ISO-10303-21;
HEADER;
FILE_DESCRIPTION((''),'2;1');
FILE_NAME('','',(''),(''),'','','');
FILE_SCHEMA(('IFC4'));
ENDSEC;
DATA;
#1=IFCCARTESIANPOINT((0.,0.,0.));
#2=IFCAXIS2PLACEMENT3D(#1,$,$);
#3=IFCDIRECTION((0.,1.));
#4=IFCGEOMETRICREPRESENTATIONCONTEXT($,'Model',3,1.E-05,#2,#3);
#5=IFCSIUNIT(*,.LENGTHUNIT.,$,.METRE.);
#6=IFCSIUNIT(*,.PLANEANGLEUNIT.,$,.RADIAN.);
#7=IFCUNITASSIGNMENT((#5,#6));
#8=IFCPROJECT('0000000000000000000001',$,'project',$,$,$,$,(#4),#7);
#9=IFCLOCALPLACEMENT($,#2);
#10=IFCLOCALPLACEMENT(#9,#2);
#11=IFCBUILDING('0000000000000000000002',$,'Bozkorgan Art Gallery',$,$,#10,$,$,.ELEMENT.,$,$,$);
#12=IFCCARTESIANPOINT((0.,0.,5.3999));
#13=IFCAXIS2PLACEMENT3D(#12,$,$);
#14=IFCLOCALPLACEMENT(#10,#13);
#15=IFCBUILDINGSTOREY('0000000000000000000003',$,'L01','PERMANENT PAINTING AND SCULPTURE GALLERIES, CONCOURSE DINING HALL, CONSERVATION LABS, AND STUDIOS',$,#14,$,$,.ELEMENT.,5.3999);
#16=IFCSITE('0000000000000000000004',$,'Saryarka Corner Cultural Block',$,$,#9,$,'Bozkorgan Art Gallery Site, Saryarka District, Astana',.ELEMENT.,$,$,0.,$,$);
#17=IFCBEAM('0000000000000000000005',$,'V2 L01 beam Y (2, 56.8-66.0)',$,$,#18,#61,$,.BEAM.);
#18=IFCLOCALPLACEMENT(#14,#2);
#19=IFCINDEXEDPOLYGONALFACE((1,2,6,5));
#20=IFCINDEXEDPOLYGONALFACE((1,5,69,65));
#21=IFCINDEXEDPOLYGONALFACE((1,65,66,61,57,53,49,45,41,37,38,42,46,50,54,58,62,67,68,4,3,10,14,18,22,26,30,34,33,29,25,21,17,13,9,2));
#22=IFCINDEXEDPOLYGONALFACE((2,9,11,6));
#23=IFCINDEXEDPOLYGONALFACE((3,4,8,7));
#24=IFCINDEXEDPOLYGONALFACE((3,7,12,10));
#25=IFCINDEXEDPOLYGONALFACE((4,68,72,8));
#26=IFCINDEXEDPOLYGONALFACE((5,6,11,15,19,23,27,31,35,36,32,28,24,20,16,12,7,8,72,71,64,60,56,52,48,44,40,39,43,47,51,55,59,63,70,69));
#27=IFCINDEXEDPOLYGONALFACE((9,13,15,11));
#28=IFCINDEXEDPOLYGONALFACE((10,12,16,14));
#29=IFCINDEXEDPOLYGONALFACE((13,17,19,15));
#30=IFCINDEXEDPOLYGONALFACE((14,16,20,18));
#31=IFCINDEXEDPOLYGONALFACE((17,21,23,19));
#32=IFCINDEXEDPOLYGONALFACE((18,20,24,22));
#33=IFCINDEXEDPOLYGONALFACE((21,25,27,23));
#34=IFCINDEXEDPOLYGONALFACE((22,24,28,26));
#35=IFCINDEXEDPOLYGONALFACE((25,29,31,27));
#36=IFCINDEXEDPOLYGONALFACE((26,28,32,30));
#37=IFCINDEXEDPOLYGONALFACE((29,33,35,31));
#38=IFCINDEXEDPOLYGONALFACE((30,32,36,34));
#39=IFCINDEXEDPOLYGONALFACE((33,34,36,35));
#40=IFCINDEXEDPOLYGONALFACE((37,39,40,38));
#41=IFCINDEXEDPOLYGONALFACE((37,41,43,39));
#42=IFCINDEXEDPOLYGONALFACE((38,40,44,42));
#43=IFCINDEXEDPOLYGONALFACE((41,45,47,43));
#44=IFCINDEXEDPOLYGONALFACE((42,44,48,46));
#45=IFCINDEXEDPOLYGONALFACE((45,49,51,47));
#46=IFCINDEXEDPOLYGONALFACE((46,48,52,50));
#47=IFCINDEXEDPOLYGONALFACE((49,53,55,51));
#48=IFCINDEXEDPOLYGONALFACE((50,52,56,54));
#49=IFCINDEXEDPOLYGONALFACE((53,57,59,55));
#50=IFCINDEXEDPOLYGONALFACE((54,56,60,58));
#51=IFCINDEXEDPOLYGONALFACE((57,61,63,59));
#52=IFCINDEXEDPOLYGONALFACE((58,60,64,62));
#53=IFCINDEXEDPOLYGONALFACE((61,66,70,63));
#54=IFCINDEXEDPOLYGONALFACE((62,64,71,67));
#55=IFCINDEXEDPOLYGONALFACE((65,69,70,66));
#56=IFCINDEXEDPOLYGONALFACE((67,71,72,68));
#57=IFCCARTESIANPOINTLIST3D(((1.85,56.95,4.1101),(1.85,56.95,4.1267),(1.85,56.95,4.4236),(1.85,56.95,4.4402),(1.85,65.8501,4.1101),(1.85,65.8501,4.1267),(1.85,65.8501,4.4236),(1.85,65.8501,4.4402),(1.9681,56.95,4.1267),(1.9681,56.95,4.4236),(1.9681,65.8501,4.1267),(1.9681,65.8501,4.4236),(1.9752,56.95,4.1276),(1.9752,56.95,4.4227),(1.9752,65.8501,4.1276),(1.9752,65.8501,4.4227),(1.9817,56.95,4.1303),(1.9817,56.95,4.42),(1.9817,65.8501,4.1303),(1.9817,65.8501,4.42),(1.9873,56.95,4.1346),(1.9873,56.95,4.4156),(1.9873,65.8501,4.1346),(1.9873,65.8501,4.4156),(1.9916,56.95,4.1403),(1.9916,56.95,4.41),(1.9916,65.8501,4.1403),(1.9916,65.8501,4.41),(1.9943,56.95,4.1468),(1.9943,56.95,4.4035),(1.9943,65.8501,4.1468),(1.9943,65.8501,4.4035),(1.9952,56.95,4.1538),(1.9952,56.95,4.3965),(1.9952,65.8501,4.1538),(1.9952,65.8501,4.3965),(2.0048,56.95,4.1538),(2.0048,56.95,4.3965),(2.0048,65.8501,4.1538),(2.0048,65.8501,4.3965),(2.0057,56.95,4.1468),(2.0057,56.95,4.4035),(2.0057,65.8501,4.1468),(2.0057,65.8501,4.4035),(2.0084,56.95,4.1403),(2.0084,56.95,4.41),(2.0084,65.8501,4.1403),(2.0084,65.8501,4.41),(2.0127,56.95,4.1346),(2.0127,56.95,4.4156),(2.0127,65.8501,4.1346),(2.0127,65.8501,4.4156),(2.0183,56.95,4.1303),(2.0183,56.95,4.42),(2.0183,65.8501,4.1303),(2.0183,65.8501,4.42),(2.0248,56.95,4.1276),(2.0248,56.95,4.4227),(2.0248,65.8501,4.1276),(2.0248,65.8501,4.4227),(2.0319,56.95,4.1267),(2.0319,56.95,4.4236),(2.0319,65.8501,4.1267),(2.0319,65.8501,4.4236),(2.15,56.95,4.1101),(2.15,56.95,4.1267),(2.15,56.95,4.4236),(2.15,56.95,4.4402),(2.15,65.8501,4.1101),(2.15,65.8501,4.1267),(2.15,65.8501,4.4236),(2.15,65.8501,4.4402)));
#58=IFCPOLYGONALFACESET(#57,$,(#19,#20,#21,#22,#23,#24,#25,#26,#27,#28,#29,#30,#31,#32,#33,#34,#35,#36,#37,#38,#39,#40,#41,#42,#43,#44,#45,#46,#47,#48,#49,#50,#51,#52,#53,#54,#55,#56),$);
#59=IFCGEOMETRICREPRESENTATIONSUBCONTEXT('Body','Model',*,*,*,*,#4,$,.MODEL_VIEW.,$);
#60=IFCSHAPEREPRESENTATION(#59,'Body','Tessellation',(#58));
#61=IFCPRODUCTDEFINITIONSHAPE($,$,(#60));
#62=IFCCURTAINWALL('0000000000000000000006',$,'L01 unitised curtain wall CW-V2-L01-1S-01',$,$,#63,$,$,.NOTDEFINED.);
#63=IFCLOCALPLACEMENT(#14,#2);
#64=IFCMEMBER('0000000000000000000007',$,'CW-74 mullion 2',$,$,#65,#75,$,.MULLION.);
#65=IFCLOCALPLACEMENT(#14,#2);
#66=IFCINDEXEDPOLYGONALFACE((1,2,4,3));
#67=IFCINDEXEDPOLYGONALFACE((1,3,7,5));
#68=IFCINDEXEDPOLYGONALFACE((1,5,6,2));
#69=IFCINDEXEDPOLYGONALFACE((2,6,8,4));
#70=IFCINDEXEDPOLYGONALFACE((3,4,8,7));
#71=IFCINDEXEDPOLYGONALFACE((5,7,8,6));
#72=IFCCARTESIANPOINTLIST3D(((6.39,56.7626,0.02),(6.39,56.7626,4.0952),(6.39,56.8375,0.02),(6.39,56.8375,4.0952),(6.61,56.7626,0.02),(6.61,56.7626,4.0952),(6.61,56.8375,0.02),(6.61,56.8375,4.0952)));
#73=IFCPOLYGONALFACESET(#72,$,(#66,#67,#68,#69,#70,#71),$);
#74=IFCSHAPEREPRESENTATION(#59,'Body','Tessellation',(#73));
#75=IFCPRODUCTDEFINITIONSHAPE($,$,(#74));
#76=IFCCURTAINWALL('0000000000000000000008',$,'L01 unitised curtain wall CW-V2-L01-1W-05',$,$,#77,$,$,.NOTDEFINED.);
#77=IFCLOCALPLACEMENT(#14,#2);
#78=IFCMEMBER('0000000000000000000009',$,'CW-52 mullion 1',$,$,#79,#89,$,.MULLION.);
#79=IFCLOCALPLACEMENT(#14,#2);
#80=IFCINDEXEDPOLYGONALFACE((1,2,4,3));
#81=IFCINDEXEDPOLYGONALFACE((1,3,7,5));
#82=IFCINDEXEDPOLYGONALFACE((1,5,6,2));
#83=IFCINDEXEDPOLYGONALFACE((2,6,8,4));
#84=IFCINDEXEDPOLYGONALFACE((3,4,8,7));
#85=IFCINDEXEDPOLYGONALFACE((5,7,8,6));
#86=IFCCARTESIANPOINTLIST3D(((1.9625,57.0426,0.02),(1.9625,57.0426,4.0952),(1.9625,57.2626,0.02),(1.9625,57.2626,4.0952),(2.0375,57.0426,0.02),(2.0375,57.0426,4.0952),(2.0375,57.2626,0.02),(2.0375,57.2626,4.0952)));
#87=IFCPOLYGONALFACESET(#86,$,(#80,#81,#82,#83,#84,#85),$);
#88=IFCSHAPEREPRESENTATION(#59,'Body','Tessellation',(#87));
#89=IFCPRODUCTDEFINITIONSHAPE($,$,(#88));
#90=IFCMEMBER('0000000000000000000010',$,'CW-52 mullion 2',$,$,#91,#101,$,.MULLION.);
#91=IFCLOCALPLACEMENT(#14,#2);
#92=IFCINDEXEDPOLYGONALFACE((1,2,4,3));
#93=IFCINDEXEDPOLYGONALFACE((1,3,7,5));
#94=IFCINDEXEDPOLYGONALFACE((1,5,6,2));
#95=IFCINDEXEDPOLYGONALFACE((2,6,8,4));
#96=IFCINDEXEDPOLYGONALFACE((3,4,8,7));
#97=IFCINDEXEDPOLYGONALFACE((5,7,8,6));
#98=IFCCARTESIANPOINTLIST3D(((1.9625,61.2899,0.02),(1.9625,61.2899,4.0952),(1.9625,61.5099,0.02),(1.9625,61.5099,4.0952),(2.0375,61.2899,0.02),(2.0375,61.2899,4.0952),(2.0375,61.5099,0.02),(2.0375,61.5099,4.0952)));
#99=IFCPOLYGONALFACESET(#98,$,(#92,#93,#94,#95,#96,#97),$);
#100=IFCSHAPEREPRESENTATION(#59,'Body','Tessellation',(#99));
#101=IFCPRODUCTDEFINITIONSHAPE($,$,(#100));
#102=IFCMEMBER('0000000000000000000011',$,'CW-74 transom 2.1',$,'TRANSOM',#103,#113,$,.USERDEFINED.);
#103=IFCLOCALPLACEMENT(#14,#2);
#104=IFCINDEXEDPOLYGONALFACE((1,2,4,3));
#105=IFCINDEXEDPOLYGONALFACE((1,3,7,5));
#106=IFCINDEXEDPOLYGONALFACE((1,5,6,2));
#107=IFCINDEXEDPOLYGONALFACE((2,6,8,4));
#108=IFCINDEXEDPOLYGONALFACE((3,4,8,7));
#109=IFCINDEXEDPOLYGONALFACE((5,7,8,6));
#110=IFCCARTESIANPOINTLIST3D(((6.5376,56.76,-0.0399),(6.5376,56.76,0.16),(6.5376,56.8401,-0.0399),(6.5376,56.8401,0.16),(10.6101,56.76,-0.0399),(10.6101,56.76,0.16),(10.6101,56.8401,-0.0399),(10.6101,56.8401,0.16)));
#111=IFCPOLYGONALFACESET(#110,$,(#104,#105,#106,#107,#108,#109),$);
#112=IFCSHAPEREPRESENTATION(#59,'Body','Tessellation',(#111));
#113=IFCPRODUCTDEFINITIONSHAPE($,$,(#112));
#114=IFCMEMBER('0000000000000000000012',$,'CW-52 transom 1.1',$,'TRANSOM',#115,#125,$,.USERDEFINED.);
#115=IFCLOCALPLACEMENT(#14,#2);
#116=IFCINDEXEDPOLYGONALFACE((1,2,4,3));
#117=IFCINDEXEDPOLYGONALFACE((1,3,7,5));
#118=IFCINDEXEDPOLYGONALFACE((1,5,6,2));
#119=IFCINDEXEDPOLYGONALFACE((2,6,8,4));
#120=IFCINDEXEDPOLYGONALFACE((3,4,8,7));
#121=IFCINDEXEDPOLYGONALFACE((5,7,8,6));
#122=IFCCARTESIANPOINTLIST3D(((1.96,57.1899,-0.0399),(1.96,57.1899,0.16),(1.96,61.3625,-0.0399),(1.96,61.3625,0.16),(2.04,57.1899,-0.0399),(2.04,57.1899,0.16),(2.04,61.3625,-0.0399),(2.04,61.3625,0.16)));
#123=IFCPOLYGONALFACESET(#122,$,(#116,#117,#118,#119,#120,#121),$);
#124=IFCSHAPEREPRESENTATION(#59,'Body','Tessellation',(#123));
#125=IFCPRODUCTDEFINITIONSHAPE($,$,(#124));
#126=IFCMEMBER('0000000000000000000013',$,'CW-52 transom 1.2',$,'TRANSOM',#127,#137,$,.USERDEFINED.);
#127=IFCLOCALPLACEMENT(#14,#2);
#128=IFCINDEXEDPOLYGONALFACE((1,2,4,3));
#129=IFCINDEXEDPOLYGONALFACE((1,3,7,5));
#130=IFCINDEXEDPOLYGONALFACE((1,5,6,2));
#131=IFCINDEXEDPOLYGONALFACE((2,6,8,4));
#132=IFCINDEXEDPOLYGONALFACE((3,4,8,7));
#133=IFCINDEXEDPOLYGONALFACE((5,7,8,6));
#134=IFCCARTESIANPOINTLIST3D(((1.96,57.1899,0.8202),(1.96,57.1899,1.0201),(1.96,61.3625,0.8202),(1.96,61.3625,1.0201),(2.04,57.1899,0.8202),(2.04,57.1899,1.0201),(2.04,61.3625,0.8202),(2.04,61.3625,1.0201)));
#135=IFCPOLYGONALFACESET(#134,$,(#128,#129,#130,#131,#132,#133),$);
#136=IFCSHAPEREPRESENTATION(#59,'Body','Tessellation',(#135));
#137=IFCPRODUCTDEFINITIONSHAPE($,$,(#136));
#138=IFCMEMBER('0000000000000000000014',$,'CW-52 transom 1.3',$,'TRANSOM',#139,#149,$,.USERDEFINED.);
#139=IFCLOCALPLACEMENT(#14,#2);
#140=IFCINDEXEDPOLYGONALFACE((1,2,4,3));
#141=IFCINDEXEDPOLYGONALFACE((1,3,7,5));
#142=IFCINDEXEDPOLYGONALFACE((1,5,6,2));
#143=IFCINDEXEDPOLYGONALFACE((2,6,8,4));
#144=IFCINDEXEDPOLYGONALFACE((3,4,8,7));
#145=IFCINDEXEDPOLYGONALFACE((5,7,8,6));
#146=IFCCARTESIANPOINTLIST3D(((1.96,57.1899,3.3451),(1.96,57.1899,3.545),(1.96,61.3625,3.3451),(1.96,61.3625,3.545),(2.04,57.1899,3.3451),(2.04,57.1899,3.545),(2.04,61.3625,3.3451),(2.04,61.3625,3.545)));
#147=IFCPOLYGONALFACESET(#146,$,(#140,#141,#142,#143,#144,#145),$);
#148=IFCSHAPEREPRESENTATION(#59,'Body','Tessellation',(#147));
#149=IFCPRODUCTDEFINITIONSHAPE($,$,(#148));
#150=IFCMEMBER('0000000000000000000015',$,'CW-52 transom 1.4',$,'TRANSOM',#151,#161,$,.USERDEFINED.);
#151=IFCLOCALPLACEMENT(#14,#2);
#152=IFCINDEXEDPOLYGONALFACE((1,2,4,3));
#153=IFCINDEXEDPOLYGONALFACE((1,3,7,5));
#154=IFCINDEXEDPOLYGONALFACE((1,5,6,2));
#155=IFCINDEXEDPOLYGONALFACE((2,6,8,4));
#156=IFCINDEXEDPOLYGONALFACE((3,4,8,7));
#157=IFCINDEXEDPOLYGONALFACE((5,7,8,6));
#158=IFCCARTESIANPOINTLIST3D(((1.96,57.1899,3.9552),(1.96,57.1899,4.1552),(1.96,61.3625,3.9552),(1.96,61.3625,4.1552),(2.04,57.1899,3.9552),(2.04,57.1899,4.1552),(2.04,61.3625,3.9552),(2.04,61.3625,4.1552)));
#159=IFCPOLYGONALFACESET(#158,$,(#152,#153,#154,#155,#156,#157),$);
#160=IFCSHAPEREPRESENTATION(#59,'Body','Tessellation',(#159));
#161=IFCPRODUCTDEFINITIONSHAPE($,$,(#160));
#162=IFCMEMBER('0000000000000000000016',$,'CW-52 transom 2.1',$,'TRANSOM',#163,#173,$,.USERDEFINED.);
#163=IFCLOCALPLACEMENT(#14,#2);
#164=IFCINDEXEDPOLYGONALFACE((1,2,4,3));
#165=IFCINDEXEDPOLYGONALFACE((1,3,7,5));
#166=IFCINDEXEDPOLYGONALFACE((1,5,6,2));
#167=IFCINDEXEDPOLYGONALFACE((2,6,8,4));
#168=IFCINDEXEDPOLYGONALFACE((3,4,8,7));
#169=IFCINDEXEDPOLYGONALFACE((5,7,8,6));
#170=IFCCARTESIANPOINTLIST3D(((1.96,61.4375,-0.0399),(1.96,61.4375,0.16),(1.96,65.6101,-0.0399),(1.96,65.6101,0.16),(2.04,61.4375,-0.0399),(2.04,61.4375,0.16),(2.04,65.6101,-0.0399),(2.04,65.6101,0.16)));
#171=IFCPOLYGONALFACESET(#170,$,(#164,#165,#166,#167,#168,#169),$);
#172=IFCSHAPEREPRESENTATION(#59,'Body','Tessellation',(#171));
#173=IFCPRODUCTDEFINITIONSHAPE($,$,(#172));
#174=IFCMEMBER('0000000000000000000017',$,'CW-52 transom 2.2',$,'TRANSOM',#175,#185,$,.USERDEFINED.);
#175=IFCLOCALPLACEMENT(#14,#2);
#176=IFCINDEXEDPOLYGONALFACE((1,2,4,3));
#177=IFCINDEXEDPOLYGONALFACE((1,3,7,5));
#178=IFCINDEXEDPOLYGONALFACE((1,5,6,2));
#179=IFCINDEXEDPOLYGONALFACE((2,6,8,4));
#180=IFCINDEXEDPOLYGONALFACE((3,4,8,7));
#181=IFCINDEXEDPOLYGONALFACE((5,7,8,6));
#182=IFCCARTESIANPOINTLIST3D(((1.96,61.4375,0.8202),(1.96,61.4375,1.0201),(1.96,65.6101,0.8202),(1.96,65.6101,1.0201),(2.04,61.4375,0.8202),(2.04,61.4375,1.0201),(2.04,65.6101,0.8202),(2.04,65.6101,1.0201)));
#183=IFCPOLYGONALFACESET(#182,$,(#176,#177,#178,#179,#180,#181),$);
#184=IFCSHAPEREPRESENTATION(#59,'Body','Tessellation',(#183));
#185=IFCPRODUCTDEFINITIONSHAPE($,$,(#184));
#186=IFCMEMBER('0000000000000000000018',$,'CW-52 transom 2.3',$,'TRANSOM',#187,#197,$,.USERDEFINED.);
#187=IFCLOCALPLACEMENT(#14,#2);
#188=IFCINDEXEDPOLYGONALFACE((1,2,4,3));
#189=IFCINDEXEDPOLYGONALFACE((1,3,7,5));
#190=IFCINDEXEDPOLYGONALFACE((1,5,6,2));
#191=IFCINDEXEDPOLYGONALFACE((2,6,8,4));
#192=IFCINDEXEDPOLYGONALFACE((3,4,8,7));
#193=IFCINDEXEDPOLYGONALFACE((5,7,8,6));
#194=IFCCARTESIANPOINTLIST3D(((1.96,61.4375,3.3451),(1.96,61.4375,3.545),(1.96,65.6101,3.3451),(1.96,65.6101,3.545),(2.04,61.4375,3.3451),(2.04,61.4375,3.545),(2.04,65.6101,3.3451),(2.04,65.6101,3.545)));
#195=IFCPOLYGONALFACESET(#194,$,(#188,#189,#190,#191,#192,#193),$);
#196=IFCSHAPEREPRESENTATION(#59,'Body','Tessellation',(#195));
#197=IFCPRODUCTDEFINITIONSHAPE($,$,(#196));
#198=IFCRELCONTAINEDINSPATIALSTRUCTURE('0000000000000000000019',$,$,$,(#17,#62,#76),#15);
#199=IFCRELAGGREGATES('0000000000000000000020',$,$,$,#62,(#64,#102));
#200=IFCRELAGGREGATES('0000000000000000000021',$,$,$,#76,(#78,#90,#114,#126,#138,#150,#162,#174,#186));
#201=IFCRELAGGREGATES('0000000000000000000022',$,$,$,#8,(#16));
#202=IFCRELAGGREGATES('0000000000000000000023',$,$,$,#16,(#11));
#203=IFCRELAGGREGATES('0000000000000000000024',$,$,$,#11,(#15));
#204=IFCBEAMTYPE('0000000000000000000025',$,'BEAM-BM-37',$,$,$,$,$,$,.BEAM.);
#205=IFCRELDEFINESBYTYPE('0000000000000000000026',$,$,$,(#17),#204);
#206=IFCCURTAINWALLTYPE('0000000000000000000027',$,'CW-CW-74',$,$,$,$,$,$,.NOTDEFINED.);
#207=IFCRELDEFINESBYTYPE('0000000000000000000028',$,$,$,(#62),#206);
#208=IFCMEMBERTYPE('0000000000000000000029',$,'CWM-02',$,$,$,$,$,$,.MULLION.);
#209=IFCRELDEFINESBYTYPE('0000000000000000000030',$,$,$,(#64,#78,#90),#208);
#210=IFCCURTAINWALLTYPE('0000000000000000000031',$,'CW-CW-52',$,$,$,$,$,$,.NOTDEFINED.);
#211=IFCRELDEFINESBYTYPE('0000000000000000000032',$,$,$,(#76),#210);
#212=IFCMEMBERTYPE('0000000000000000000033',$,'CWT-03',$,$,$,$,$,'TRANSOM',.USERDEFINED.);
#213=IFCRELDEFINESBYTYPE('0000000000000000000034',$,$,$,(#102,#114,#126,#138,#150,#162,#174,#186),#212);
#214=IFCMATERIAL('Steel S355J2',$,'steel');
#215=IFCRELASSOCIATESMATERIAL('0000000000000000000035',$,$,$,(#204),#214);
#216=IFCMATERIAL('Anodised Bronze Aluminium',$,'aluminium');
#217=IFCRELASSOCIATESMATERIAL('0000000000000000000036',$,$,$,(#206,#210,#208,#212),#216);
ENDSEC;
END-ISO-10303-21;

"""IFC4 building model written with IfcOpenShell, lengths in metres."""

from ifc_helpers import new_model, si_unit, direction, frame, origin, origin_2d, place, context, subcontext, project, spatial, rectangle, i_section, extrude, material, material_profile, profile_set, type_object, element, aggregate, save


model = new_model("IFC4")

# Units and contexts
model_context = context("Model", 3, precision=1e-05, world=origin(), true_north=direction((0.0, 1.0)))
body_context = subcontext(model_context, "Body", "Model", "MODEL_VIEW")
ifc_project = project(units=[si_unit("LENGTHUNIT", "METRE"), si_unit("PLANEANGLEUNIT", "RADIAN")], contexts=[model_context])

# Site, building, storey
site_placement = place(None, origin())
site = spatial("IfcSite", under=ifc_project, at=site_placement, Name="Saryarka Corner Cultural Block", LongName="Bozkorgan Art Gallery Site, Saryarka District, Astana", CompositionType="ELEMENT", RefElevation=0.0)
building_placement = place(site_placement, origin())
building = spatial("IfcBuilding", under=site, at=building_placement, Name="Bozkorgan Art Gallery", CompositionType="ELEMENT")
storey_placement = place(building_placement, frame((0.0, 0.0, 5.3999)))
storey = spatial("IfcBuildingStorey", under=building, at=storey_placement, Name="L01", Description="PERMANENT PAINTING AND SCULPTURE GALLERIES, CONCOURSE DINING HALL, CONSERVATION LABS, AND STUDIOS", CompositionType="ELEMENT", Elevation=5.3999)

# Beam
ifc_material_1 = material(Name="Steel S355J2", Category="steel")
ifc_material_profile_1 = material_profile(ifc_material_1, i_section(OverallWidth=0.3, OverallDepth=0.3301, WebThickness=0.0095, FlangeThickness=0.0166, FilletRadius=0.0271, at=origin_2d()), Name="HEA 340")
ifc_profile_set_1 = profile_set([ifc_material_profile_1], Name="Steel S355J2")
beam_type = type_object("IfcBeamType", Name="BEAM-BM-37", PredefinedType="BEAM", material=ifc_profile_set_1)
beam_placement = place(storey_placement, frame((2.0, 56.95, 4.2751), z_axis=(0.0, 1.0, 0.0), x_axis=(-1.0, 0.0, 0.0)))
element("IfcBeam", 1, at=beam_placement, inside=storey, type_object=beam_type, Name="V2 L01 beam Y (2, 56.8-66.0)", PredefinedType="BEAM", context=body_context, shape_type="SweptSolid", body=[
    extrude(i_section(OverallWidth=0.3, OverallDepth=0.3301, WebThickness=0.0095, FlangeThickness=0.0166, FilletRadius=0.0271, at=origin_2d()), origin(), (0.0, 0.0, 1.0), 8.9001),
])

# Curtain wall, member
ifc_material_2 = material(Name="Anodised Bronze Aluminium", Category="aluminium")
curtain_wall_type_1 = type_object("IfcCurtainWallType", Name="CW-CW-74", PredefinedType="NOTDEFINED", material=ifc_material_2)
curtain_wall_1_placement = place(storey_placement, origin())
curtain_wall_1 = element("IfcCurtainWall", 2, at=curtain_wall_1_placement, inside=storey, type_object=curtain_wall_type_1, Name="L01 unitised curtain wall CW-V2-L01-1S-01", PredefinedType="NOTDEFINED")
ifc_material_profile_2 = material_profile(ifc_material_2, rectangle(XDim=0.075, YDim=0.22, at=origin_2d()), Name="ALU MULLION 75x220")
ifc_profile_set_2 = profile_set([ifc_material_profile_2], Name="Anodised Bronze Aluminium")
member_type_1 = type_object("IfcMemberType", Name="CWM-02", PredefinedType="MULLION", material=ifc_profile_set_2)
member_1_placement = place(storey_placement, frame((6.5, 56.8, 0.02), z_axis=(0.0, 0.0, 1.0), x_axis=(0.0, 1.0, 0.0)))
member_1 = element("IfcMember", 3, at=member_1_placement, type_object=member_type_1, Name="CW-74 mullion 2", PredefinedType="MULLION", context=body_context, shape_type="SweptSolid", body=[
    extrude(rectangle(XDim=0.075, YDim=0.22, at=origin_2d()), origin(), (0.0, 0.0, 1.0), 4.0752),
])

# Curtain wall, members
curtain_wall_type_2 = type_object("IfcCurtainWallType", Name="CW-CW-52", PredefinedType="NOTDEFINED", material=ifc_material_2)
curtain_wall_2_placement = place(storey_placement, origin())
curtain_wall_2 = element("IfcCurtainWall", 4, at=curtain_wall_2_placement, inside=storey, type_object=curtain_wall_type_2, Name="L01 unitised curtain wall CW-V2-L01-1W-05", PredefinedType="NOTDEFINED")
member_2_placement = place(storey_placement, frame((2.0, 57.1526, 0.02), z_axis=(0.0, 0.0, 1.0), x_axis=(-1.0, 0.0, 0.0)))
member_2 = element("IfcMember", 5, at=member_2_placement, type_object=member_type_1, Name="CW-52 mullion 1", PredefinedType="MULLION", context=body_context, shape_type="SweptSolid", body=[
    extrude(rectangle(XDim=0.075, YDim=0.22, at=origin_2d()), origin(), (0.0, 0.0, 1.0), 4.0752),
])
member_3_placement = place(storey_placement, frame((2.0, 61.3999, 0.02), z_axis=(0.0, 0.0, 1.0), x_axis=(-1.0, 0.0, 0.0)))
member_3 = element("IfcMember", 6, at=member_3_placement, type_object=member_type_1, Name="CW-52 mullion 2", PredefinedType="MULLION", context=body_context, shape_type="SweptSolid", body=[
    extrude(rectangle(XDim=0.075, YDim=0.22, at=origin_2d()), origin(), (0.0, 0.0, 1.0), 4.0752),
])

# Members
ifc_material_profile_3 = material_profile(ifc_material_2, rectangle(XDim=0.0801, YDim=0.2, at=origin_2d()), Name="ALU TRANSOM 80x200")
ifc_profile_set_3 = profile_set([ifc_material_profile_3], Name="Anodised Bronze Aluminium")
member_type_2 = type_object("IfcMemberType", Name="CWT-03", ElementType="TRANSOM", PredefinedType="USERDEFINED", material=ifc_profile_set_3)
member_4_placement = place(storey_placement, frame((6.5376, 56.8, 0.0601), z_axis=(1.0, 0.0, 0.0), x_axis=(0.0, 1.0, 0.0)))
member_4 = element("IfcMember", 7, at=member_4_placement, type_object=member_type_2, Name="CW-74 transom 2.1", ObjectType="TRANSOM", PredefinedType="USERDEFINED", context=body_context, shape_type="SweptSolid", body=[
    extrude(rectangle(XDim=0.0801, YDim=0.2, at=origin_2d()), origin(), (0.0, 0.0, 1.0), 4.0725),
])
member_5_placement = place(storey_placement, frame((2.0, 57.1899, 0.0601), z_axis=(0.0, 1.0, 0.0), x_axis=(-1.0, 0.0, 0.0)))
member_5 = element("IfcMember", 8, at=member_5_placement, type_object=member_type_2, Name="CW-52 transom 1.1", ObjectType="TRANSOM", PredefinedType="USERDEFINED", context=body_context, shape_type="SweptSolid", body=[
    extrude(rectangle(XDim=0.0801, YDim=0.2, at=origin_2d()), origin(), (0.0, 0.0, 1.0), 4.1726),
])
member_6_placement = place(storey_placement, frame((2.0, 57.1899, 0.9202), z_axis=(0.0, 1.0, 0.0), x_axis=(-1.0, 0.0, 0.0)))
member_6 = element("IfcMember", 9, at=member_6_placement, type_object=member_type_2, Name="CW-52 transom 1.2", ObjectType="TRANSOM", PredefinedType="USERDEFINED", context=body_context, shape_type="SweptSolid", body=[
    extrude(rectangle(XDim=0.0801, YDim=0.2, at=origin_2d()), origin(), (0.0, 0.0, 1.0), 4.1726),
])
member_7_placement = place(storey_placement, frame((2.0, 57.1899, 3.4451), z_axis=(0.0, 1.0, 0.0), x_axis=(-1.0, 0.0, 0.0)))
member_7 = element("IfcMember", 10, at=member_7_placement, type_object=member_type_2, Name="CW-52 transom 1.3", ObjectType="TRANSOM", PredefinedType="USERDEFINED", context=body_context, shape_type="SweptSolid", body=[
    extrude(rectangle(XDim=0.0801, YDim=0.2, at=origin_2d()), origin(), (0.0, 0.0, 1.0), 4.1726),
])
member_8_placement = place(storey_placement, frame((2.0, 57.1899, 4.0552), z_axis=(0.0, 1.0, 0.0), x_axis=(-1.0, 0.0, 0.0)))
member_8 = element("IfcMember", 11, at=member_8_placement, type_object=member_type_2, Name="CW-52 transom 1.4", ObjectType="TRANSOM", PredefinedType="USERDEFINED", context=body_context, shape_type="SweptSolid", body=[
    extrude(rectangle(XDim=0.0801, YDim=0.2, at=origin_2d()), origin(), (0.0, 0.0, 1.0), 4.1726),
])
member_9_placement = place(storey_placement, frame((2.0, 61.4375, 0.0601), z_axis=(0.0, 1.0, 0.0), x_axis=(-1.0, 0.0, 0.0)))
member_9 = element("IfcMember", 12, at=member_9_placement, type_object=member_type_2, Name="CW-52 transom 2.1", ObjectType="TRANSOM", PredefinedType="USERDEFINED", context=body_context, shape_type="SweptSolid", body=[
    extrude(rectangle(XDim=0.0801, YDim=0.2, at=origin_2d()), origin(), (0.0, 0.0, 1.0), 4.1726),
])
member_10_placement = place(storey_placement, frame((2.0, 61.4375, 0.9202), z_axis=(0.0, 1.0, 0.0), x_axis=(-1.0, 0.0, 0.0)))
member_10 = element("IfcMember", 13, at=member_10_placement, type_object=member_type_2, Name="CW-52 transom 2.2", ObjectType="TRANSOM", PredefinedType="USERDEFINED", context=body_context, shape_type="SweptSolid", body=[
    extrude(rectangle(XDim=0.0801, YDim=0.2, at=origin_2d()), origin(), (0.0, 0.0, 1.0), 4.1726),
])
member_11_placement = place(storey_placement, frame((2.0, 61.4375, 3.4451), z_axis=(0.0, 1.0, 0.0), x_axis=(-1.0, 0.0, 0.0)))
member_11 = element("IfcMember", 14, at=member_11_placement, type_object=member_type_2, Name="CW-52 transom 2.3", ObjectType="TRANSOM", PredefinedType="USERDEFINED", context=body_context, shape_type="SweptSolid", body=[
    extrude(rectangle(XDim=0.0801, YDim=0.2, at=origin_2d()), origin(), (0.0, 0.0, 1.0), 4.1726),
])

aggregate(curtain_wall_1, [member_1, member_4])
aggregate(curtain_wall_2, [member_2, member_3, member_5, member_6, member_7, member_8, member_9, member_10, member_11])

save(model, "model.ifc")
